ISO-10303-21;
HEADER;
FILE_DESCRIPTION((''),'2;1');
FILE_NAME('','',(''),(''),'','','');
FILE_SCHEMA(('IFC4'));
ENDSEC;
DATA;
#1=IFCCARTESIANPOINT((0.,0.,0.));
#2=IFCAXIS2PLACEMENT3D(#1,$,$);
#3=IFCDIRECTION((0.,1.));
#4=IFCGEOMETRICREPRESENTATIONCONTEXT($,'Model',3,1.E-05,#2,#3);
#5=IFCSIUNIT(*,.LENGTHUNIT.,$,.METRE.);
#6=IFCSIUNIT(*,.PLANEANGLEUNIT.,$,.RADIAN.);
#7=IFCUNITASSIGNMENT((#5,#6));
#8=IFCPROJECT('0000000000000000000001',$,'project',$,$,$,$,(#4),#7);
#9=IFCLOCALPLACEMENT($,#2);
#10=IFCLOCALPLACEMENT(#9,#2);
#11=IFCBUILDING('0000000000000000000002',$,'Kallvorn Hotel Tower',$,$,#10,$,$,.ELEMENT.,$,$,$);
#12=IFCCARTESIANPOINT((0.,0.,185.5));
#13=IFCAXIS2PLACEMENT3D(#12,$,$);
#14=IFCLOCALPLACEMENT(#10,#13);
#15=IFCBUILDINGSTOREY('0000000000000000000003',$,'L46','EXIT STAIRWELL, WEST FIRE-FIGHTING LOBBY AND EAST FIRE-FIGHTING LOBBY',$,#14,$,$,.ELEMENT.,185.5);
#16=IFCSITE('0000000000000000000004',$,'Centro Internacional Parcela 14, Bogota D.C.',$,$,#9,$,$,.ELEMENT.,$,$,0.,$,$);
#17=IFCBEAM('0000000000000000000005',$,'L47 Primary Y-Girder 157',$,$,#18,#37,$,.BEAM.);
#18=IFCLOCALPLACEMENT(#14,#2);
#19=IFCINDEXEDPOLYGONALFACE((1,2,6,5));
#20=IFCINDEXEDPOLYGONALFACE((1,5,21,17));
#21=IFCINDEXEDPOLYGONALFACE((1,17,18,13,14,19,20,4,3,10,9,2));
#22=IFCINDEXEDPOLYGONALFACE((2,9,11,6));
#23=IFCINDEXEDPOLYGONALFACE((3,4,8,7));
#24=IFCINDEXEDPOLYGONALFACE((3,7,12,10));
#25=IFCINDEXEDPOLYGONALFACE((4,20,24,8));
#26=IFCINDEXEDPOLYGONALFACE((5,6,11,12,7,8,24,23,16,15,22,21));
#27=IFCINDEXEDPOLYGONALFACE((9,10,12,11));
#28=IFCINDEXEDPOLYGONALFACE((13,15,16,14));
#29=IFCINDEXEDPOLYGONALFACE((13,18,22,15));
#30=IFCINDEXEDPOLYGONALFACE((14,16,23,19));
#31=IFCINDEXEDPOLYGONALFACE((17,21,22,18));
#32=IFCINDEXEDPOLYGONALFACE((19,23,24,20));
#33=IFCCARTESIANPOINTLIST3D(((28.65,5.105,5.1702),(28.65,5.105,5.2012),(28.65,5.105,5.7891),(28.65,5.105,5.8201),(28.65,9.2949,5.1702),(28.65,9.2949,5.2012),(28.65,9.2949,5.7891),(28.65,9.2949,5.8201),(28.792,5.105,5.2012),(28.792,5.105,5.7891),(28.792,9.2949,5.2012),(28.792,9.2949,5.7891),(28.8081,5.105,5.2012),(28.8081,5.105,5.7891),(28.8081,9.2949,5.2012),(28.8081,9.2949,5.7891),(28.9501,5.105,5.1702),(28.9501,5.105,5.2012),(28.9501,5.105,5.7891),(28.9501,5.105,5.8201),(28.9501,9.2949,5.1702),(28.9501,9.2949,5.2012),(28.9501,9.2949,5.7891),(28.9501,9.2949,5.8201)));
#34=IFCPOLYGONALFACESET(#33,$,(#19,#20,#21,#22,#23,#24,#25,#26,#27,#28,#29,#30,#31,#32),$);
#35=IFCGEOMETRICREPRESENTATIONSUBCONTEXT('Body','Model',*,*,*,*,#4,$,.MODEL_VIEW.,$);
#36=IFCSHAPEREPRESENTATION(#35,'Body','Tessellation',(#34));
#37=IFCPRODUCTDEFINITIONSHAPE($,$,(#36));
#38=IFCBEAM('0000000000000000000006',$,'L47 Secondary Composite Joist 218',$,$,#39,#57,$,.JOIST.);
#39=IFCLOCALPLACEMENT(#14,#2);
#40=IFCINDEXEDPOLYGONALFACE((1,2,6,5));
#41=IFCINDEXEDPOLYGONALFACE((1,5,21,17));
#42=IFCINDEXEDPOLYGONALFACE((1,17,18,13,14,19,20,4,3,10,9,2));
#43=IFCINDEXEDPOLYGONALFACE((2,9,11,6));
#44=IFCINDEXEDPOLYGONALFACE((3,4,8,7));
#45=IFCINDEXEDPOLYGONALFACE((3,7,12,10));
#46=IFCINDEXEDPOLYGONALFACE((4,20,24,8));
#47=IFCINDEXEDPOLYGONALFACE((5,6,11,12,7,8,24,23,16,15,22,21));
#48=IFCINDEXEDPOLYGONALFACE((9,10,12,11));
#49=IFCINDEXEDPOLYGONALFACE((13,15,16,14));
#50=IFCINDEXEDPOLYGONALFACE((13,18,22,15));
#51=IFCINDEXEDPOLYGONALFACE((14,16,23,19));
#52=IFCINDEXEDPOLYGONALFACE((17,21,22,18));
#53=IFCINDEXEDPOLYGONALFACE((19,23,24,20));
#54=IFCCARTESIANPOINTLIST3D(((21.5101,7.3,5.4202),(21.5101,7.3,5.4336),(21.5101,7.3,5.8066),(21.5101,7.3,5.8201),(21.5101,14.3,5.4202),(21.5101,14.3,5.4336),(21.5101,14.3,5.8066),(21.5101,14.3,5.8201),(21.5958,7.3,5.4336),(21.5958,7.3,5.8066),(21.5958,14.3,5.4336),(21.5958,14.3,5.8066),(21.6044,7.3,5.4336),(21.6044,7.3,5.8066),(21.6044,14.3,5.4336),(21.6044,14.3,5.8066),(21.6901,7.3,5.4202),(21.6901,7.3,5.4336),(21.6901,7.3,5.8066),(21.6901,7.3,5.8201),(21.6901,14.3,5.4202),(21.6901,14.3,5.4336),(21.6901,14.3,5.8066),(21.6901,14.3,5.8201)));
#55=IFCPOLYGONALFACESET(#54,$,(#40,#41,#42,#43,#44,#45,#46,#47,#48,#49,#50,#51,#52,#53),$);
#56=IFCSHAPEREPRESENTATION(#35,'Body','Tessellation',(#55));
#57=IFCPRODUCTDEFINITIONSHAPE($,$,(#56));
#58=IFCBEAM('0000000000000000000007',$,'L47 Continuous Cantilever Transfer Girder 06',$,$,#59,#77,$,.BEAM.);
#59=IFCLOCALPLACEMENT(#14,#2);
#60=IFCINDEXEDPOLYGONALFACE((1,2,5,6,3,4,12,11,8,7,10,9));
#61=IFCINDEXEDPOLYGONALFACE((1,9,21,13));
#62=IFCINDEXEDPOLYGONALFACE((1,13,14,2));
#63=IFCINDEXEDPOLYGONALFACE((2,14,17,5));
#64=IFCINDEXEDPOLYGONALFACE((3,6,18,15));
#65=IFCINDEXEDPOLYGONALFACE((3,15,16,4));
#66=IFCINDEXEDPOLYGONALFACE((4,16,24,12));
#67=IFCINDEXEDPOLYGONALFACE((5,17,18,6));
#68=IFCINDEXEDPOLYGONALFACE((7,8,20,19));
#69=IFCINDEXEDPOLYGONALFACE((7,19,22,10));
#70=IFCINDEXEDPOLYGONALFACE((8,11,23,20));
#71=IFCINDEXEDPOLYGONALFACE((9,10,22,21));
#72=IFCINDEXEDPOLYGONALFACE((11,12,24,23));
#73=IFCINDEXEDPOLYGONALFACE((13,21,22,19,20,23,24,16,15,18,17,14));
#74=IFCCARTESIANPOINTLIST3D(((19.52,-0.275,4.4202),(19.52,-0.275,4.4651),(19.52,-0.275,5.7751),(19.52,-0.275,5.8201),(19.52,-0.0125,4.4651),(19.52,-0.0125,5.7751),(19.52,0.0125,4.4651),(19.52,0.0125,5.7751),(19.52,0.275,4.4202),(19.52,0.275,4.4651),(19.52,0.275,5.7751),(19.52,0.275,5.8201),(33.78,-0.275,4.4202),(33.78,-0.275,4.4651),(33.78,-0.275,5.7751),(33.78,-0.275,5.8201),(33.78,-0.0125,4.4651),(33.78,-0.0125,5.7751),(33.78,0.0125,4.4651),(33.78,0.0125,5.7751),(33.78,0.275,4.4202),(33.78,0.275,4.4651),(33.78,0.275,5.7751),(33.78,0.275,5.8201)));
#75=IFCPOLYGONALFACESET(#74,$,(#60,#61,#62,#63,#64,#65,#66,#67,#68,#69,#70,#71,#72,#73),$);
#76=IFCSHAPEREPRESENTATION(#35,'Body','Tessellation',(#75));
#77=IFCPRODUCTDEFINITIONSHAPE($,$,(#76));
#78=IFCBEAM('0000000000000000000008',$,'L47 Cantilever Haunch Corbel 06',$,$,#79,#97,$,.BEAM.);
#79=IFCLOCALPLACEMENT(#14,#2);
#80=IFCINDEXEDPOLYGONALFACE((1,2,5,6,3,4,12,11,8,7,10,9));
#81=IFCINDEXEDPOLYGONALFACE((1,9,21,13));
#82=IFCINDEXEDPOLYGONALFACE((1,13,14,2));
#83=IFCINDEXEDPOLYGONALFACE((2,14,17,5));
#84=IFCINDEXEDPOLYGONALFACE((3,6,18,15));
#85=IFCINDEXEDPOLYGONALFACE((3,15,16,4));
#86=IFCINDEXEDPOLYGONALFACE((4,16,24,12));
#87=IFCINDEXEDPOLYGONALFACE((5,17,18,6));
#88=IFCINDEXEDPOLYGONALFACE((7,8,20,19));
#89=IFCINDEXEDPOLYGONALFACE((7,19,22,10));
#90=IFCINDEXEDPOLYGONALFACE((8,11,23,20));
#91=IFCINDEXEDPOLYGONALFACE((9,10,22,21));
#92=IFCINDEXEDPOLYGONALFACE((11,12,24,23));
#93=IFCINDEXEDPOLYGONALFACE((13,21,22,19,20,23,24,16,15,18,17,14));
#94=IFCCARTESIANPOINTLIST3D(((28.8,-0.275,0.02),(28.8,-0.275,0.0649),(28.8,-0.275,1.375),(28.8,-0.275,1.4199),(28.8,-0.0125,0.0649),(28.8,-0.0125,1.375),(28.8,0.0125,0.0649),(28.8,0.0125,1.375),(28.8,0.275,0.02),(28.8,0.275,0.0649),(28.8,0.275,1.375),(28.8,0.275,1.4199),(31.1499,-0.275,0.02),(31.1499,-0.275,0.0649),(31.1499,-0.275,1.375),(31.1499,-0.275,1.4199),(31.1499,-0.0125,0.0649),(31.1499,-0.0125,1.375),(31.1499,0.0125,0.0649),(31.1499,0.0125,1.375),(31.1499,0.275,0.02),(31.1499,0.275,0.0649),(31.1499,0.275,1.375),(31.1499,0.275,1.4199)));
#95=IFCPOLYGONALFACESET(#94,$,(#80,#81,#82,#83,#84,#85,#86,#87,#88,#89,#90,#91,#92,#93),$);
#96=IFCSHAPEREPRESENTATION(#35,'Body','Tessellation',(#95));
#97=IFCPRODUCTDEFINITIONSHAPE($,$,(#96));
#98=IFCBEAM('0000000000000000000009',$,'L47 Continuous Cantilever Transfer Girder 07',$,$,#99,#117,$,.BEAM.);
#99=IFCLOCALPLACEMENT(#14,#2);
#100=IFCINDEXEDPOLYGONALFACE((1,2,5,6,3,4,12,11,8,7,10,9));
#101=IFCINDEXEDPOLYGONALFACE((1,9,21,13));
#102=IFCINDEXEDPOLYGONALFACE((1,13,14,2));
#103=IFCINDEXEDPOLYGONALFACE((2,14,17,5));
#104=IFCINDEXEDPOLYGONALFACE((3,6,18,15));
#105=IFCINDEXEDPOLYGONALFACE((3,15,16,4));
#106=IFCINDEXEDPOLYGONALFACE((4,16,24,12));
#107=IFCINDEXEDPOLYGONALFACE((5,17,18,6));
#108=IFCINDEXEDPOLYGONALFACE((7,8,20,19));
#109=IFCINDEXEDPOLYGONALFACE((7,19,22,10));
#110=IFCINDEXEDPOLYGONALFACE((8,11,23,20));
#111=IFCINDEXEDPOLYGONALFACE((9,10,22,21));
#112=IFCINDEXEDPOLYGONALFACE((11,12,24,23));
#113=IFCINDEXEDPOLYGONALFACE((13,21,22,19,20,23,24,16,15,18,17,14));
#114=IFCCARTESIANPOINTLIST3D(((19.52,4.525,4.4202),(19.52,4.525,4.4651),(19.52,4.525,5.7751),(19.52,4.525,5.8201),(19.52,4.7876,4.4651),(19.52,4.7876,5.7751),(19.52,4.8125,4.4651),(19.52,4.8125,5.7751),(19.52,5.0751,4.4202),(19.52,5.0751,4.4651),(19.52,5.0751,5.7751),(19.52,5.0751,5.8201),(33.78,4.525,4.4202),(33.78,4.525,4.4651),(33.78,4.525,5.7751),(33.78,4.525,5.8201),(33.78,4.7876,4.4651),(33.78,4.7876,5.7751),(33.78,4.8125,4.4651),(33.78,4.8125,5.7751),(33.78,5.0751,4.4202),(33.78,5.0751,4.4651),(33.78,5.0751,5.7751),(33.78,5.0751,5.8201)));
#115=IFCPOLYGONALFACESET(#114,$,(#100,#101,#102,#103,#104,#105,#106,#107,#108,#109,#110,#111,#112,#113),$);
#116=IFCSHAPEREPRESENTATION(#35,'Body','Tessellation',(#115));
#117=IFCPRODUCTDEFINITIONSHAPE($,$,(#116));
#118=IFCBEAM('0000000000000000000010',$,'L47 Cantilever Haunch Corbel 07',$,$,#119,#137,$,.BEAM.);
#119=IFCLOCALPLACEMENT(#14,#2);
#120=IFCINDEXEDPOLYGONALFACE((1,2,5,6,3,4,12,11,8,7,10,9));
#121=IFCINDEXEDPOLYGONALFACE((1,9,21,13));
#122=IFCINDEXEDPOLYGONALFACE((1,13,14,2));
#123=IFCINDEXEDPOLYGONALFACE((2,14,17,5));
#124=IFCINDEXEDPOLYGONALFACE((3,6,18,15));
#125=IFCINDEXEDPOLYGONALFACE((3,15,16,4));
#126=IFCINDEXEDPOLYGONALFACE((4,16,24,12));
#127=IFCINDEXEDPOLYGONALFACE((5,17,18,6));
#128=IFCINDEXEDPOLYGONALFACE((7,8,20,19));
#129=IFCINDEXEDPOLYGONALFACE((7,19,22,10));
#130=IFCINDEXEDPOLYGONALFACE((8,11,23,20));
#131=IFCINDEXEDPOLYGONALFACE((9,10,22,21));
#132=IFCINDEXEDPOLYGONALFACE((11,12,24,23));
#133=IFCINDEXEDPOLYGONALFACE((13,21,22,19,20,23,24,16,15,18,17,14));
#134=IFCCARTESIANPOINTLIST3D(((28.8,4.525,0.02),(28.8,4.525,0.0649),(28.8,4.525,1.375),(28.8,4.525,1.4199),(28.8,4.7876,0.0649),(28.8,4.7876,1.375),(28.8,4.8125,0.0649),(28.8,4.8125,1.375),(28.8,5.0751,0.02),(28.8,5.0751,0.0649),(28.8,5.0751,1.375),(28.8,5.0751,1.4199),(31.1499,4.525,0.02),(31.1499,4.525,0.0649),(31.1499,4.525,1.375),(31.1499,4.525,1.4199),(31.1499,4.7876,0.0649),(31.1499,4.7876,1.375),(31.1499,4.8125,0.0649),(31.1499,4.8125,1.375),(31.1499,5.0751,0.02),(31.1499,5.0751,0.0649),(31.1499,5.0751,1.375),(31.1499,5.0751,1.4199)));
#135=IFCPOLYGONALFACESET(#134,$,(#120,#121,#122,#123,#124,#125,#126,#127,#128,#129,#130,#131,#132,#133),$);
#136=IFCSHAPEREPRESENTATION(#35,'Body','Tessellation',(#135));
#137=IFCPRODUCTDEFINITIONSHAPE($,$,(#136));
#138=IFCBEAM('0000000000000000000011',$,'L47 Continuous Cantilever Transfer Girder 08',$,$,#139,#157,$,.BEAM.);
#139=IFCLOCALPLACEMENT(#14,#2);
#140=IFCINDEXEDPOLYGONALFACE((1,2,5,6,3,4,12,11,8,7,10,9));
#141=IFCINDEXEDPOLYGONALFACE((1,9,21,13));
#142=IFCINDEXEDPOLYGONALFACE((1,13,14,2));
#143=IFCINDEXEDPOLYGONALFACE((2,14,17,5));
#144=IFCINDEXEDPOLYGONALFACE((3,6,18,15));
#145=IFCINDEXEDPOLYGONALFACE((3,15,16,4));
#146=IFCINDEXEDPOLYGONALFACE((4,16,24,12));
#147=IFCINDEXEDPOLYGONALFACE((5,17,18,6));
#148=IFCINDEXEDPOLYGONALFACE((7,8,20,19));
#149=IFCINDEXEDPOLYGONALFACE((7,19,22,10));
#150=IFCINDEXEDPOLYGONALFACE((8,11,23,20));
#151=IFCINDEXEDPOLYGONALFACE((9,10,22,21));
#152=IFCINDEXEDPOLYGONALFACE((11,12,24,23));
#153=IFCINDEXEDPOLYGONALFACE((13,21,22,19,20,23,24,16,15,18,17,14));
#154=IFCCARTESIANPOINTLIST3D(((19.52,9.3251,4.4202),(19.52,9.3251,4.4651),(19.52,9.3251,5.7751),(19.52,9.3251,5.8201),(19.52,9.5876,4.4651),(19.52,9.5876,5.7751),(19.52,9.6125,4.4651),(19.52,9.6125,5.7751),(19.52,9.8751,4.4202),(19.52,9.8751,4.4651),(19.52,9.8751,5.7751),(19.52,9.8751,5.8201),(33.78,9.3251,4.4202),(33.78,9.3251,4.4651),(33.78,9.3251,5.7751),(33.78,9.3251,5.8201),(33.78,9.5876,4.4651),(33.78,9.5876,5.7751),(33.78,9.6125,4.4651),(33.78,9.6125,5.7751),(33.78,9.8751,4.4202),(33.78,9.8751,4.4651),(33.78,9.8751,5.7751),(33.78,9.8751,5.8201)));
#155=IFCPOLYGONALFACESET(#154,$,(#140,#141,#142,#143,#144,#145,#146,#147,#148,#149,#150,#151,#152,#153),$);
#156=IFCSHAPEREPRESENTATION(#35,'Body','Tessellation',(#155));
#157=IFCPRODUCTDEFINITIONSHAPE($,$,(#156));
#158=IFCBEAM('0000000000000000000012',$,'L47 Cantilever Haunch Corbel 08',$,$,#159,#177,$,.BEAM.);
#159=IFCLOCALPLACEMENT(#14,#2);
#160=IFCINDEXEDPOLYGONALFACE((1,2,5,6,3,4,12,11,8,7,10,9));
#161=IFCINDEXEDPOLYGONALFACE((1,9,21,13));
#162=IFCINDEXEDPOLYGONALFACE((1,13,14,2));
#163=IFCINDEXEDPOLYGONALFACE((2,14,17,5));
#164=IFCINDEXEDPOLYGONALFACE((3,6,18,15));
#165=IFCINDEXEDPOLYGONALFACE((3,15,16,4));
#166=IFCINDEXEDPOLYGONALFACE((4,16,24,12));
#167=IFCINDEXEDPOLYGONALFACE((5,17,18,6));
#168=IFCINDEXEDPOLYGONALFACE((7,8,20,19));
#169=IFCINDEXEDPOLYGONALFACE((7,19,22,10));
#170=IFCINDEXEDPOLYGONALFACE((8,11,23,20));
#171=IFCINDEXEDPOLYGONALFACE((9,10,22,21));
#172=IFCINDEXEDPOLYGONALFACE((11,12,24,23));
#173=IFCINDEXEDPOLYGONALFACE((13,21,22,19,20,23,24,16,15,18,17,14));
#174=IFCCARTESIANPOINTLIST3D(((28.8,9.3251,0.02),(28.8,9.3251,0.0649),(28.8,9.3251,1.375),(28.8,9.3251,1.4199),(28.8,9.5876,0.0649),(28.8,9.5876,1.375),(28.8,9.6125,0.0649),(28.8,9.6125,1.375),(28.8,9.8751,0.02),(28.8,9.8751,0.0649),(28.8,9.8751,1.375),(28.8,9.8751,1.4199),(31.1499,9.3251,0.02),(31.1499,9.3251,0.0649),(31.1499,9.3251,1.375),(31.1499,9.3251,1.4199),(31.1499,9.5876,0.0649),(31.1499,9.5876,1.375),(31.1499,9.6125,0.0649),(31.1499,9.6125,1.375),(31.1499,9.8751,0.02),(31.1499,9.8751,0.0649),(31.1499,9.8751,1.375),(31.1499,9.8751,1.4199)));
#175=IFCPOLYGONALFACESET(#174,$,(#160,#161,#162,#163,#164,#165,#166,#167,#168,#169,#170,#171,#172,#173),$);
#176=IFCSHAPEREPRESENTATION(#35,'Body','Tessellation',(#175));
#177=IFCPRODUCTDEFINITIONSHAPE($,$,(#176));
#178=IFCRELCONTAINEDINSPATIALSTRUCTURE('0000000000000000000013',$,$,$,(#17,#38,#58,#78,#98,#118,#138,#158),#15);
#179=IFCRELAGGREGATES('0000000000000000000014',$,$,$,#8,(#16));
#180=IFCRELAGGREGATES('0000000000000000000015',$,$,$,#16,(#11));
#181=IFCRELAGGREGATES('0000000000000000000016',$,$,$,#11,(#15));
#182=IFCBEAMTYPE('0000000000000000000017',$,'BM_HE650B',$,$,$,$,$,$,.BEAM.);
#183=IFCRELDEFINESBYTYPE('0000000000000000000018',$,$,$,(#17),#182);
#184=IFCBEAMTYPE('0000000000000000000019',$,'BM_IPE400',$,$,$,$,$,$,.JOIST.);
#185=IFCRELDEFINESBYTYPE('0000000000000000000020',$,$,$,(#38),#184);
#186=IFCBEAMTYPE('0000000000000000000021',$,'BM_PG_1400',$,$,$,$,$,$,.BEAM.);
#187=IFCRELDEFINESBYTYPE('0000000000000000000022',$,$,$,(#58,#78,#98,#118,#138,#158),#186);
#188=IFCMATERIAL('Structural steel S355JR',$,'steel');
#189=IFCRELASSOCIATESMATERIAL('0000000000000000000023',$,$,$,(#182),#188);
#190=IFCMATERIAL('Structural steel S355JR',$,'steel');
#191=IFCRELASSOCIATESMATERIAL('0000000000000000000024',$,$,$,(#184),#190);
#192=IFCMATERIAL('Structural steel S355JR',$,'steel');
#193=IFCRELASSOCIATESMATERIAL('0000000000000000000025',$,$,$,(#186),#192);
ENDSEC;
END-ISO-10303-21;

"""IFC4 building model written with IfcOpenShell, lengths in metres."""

from ifc_helpers import new_model, si_unit, direction, frame, origin, origin_2d, place, context, subcontext, project, spatial, i_section, extrude, material, material_profile, profile_set, type_object, element, save


model = new_model("IFC4")

# Units and contexts
model_context = context("Model", 3, precision=1e-05, world=origin(), true_north=direction((0.0, 1.0)))
body_context = subcontext(model_context, "Body", "Model", "MODEL_VIEW")
ifc_project = project(units=[si_unit("LENGTHUNIT", "METRE"), si_unit("PLANEANGLEUNIT", "RADIAN")], contexts=[model_context])

# Site, building, storey
site_placement = place(None, origin())
site = spatial("IfcSite", under=ifc_project, at=site_placement, Name="Centro Internacional Parcela 14, Bogota D.C.", CompositionType="ELEMENT", RefElevation=0.0)
building_placement = place(site_placement, origin())
building = spatial("IfcBuilding", under=site, at=building_placement, Name="Kallvorn Hotel Tower", CompositionType="ELEMENT")
storey_placement = place(building_placement, frame((0.0, 0.0, 185.5)))
storey = spatial("IfcBuildingStorey", under=building, at=storey_placement, Name="L46", Description="EXIT STAIRWELL, WEST FIRE-FIGHTING LOBBY AND EAST FIRE-FIGHTING LOBBY", CompositionType="ELEMENT", Elevation=185.5)

# Beams
ifc_material_1 = material(Name="Structural steel S355JR", Category="steel")
ifc_material_profile_1 = material_profile(ifc_material_1, i_section(OverallWidth=0.3, OverallDepth=0.6499, WebThickness=0.0161, FlangeThickness=0.031, at=origin_2d()), Name="HE 650 B")
ifc_profile_set_1 = profile_set([ifc_material_profile_1], Name="Structural steel S355JR")
beam_type_1 = type_object("IfcBeamType", Name="BM_HE650B", PredefinedType="BEAM", material=ifc_profile_set_1)
beam_1_placement = place(storey_placement, frame((28.8, 5.105, 5.4951), z_axis=(0.0, 1.0, 0.0), x_axis=(-1.0, 0.0, 0.0)))
element("IfcBeam", 1, at=beam_1_placement, inside=storey, type_object=beam_type_1, Name="L47 Primary Y-Girder 157", PredefinedType="BEAM", context=body_context, shape_type="SweptSolid", body=[
    extrude(i_section(OverallWidth=0.3, OverallDepth=0.6499, WebThickness=0.0161, FlangeThickness=0.031, at=origin_2d()), origin(), (0.0, 0.0, 1.0), 4.1899),
])
ifc_material_2 = material(Name="Structural steel S355JR", Category="steel")
ifc_material_profile_2 = material_profile(ifc_material_2, i_section(OverallWidth=0.1799, OverallDepth=0.3999, WebThickness=0.0085, FlangeThickness=0.0134, at=origin_2d()), Name="IPE 400")
ifc_profile_set_2 = profile_set([ifc_material_profile_2], Name="Structural steel S355JR")
beam_type_2 = type_object("IfcBeamType", Name="BM_IPE400", PredefinedType="JOIST", material=ifc_profile_set_2)
beam_2_placement = place(storey_placement, frame((21.6001, 7.3, 5.6201), z_axis=(0.0, 1.0, 0.0), x_axis=(-1.0, 0.0, 0.0)))
element("IfcBeam", 2, at=beam_2_placement, inside=storey, type_object=beam_type_2, Name="L47 Secondary Composite Joist 218", PredefinedType="JOIST", context=body_context, shape_type="SweptSolid", body=[
    extrude(i_section(OverallWidth=0.1799, OverallDepth=0.3999, WebThickness=0.0085, FlangeThickness=0.0134, at=origin_2d()), origin(), (0.0, 0.0, 1.0), 7.0),
])
ifc_material_3 = material(Name="Structural steel S355JR", Category="steel")
ifc_material_profile_3 = material_profile(ifc_material_3, i_section(OverallWidth=0.55, OverallDepth=1.3999, WebThickness=0.0249, FlangeThickness=0.0449, at=origin_2d()), Name="PG 1400x550x25x45")
ifc_profile_set_3 = profile_set([ifc_material_profile_3], Name="Structural steel S355JR")
beam_type_3 = type_object("IfcBeamType", Name="BM_PG_1400", PredefinedType="BEAM", material=ifc_profile_set_3)
beam_3_placement = place(storey_placement, frame((19.52, 0.0, 5.1201), z_axis=(1.0, 0.0, 0.0), x_axis=(0.0, 1.0, 0.0)))
element("IfcBeam", 3, at=beam_3_placement, inside=storey, type_object=beam_type_3, Name="L47 Continuous Cantilever Transfer Girder 06", PredefinedType="BEAM", context=body_context, shape_type="SweptSolid", body=[
    extrude(i_section(OverallWidth=0.55, OverallDepth=1.3999, WebThickness=0.0249, FlangeThickness=0.0449, at=origin_2d()), origin(), (0.0, 0.0, 1.0), 14.26),
])
beam_4_placement = place(storey_placement, frame((28.8, 0.0, 0.72), z_axis=(1.0, 0.0, 0.0), x_axis=(0.0, 1.0, 0.0)))
element("IfcBeam", 4, at=beam_4_placement, inside=storey, type_object=beam_type_3, Name="L47 Cantilever Haunch Corbel 06", PredefinedType="BEAM", context=body_context, shape_type="SweptSolid", body=[
    extrude(i_section(OverallWidth=0.55, OverallDepth=1.3999, WebThickness=0.0249, FlangeThickness=0.0449, at=origin_2d()), origin(), (0.0, 0.0, 1.0), 2.3499),
])
beam_5_placement = place(storey_placement, frame((19.52, 4.8, 5.1201), z_axis=(1.0, 0.0, 0.0), x_axis=(0.0, 1.0, 0.0)))
element("IfcBeam", 5, at=beam_5_placement, inside=storey, type_object=beam_type_3, Name="L47 Continuous Cantilever Transfer Girder 07", PredefinedType="BEAM", context=body_context, shape_type="SweptSolid", body=[
    extrude(i_section(OverallWidth=0.55, OverallDepth=1.3999, WebThickness=0.0249, FlangeThickness=0.0449, at=origin_2d()), origin(), (0.0, 0.0, 1.0), 14.26),
])
beam_6_placement = place(storey_placement, frame((28.8, 4.8, 0.72), z_axis=(1.0, 0.0, 0.0), x_axis=(0.0, 1.0, 0.0)))
element("IfcBeam", 6, at=beam_6_placement, inside=storey, type_object=beam_type_3, Name="L47 Cantilever Haunch Corbel 07", PredefinedType="BEAM", context=body_context, shape_type="SweptSolid", body=[
    extrude(i_section(OverallWidth=0.55, OverallDepth=1.3999, WebThickness=0.0249, FlangeThickness=0.0449, at=origin_2d()), origin(), (0.0, 0.0, 1.0), 2.3499),
])
beam_7_placement = place(storey_placement, frame((19.52, 9.6001, 5.1201), z_axis=(1.0, 0.0, 0.0), x_axis=(0.0, 1.0, 0.0)))
element("IfcBeam", 7, at=beam_7_placement, inside=storey, type_object=beam_type_3, Name="L47 Continuous Cantilever Transfer Girder 08", PredefinedType="BEAM", context=body_context, shape_type="SweptSolid", body=[
    extrude(i_section(OverallWidth=0.55, OverallDepth=1.3999, WebThickness=0.0249, FlangeThickness=0.0449, at=origin_2d()), origin(), (0.0, 0.0, 1.0), 14.26),
])
beam_8_placement = place(storey_placement, frame((28.8, 9.6001, 0.72), z_axis=(1.0, 0.0, 0.0), x_axis=(0.0, 1.0, 0.0)))
element("IfcBeam", 8, at=beam_8_placement, inside=storey, type_object=beam_type_3, Name="L47 Cantilever Haunch Corbel 08", PredefinedType="BEAM", context=body_context, shape_type="SweptSolid", body=[
    extrude(i_section(OverallWidth=0.55, OverallDepth=1.3999, WebThickness=0.0249, FlangeThickness=0.0449, at=origin_2d()), origin(), (0.0, 0.0, 1.0), 2.3499),
])

save(model, "model.ifc")
